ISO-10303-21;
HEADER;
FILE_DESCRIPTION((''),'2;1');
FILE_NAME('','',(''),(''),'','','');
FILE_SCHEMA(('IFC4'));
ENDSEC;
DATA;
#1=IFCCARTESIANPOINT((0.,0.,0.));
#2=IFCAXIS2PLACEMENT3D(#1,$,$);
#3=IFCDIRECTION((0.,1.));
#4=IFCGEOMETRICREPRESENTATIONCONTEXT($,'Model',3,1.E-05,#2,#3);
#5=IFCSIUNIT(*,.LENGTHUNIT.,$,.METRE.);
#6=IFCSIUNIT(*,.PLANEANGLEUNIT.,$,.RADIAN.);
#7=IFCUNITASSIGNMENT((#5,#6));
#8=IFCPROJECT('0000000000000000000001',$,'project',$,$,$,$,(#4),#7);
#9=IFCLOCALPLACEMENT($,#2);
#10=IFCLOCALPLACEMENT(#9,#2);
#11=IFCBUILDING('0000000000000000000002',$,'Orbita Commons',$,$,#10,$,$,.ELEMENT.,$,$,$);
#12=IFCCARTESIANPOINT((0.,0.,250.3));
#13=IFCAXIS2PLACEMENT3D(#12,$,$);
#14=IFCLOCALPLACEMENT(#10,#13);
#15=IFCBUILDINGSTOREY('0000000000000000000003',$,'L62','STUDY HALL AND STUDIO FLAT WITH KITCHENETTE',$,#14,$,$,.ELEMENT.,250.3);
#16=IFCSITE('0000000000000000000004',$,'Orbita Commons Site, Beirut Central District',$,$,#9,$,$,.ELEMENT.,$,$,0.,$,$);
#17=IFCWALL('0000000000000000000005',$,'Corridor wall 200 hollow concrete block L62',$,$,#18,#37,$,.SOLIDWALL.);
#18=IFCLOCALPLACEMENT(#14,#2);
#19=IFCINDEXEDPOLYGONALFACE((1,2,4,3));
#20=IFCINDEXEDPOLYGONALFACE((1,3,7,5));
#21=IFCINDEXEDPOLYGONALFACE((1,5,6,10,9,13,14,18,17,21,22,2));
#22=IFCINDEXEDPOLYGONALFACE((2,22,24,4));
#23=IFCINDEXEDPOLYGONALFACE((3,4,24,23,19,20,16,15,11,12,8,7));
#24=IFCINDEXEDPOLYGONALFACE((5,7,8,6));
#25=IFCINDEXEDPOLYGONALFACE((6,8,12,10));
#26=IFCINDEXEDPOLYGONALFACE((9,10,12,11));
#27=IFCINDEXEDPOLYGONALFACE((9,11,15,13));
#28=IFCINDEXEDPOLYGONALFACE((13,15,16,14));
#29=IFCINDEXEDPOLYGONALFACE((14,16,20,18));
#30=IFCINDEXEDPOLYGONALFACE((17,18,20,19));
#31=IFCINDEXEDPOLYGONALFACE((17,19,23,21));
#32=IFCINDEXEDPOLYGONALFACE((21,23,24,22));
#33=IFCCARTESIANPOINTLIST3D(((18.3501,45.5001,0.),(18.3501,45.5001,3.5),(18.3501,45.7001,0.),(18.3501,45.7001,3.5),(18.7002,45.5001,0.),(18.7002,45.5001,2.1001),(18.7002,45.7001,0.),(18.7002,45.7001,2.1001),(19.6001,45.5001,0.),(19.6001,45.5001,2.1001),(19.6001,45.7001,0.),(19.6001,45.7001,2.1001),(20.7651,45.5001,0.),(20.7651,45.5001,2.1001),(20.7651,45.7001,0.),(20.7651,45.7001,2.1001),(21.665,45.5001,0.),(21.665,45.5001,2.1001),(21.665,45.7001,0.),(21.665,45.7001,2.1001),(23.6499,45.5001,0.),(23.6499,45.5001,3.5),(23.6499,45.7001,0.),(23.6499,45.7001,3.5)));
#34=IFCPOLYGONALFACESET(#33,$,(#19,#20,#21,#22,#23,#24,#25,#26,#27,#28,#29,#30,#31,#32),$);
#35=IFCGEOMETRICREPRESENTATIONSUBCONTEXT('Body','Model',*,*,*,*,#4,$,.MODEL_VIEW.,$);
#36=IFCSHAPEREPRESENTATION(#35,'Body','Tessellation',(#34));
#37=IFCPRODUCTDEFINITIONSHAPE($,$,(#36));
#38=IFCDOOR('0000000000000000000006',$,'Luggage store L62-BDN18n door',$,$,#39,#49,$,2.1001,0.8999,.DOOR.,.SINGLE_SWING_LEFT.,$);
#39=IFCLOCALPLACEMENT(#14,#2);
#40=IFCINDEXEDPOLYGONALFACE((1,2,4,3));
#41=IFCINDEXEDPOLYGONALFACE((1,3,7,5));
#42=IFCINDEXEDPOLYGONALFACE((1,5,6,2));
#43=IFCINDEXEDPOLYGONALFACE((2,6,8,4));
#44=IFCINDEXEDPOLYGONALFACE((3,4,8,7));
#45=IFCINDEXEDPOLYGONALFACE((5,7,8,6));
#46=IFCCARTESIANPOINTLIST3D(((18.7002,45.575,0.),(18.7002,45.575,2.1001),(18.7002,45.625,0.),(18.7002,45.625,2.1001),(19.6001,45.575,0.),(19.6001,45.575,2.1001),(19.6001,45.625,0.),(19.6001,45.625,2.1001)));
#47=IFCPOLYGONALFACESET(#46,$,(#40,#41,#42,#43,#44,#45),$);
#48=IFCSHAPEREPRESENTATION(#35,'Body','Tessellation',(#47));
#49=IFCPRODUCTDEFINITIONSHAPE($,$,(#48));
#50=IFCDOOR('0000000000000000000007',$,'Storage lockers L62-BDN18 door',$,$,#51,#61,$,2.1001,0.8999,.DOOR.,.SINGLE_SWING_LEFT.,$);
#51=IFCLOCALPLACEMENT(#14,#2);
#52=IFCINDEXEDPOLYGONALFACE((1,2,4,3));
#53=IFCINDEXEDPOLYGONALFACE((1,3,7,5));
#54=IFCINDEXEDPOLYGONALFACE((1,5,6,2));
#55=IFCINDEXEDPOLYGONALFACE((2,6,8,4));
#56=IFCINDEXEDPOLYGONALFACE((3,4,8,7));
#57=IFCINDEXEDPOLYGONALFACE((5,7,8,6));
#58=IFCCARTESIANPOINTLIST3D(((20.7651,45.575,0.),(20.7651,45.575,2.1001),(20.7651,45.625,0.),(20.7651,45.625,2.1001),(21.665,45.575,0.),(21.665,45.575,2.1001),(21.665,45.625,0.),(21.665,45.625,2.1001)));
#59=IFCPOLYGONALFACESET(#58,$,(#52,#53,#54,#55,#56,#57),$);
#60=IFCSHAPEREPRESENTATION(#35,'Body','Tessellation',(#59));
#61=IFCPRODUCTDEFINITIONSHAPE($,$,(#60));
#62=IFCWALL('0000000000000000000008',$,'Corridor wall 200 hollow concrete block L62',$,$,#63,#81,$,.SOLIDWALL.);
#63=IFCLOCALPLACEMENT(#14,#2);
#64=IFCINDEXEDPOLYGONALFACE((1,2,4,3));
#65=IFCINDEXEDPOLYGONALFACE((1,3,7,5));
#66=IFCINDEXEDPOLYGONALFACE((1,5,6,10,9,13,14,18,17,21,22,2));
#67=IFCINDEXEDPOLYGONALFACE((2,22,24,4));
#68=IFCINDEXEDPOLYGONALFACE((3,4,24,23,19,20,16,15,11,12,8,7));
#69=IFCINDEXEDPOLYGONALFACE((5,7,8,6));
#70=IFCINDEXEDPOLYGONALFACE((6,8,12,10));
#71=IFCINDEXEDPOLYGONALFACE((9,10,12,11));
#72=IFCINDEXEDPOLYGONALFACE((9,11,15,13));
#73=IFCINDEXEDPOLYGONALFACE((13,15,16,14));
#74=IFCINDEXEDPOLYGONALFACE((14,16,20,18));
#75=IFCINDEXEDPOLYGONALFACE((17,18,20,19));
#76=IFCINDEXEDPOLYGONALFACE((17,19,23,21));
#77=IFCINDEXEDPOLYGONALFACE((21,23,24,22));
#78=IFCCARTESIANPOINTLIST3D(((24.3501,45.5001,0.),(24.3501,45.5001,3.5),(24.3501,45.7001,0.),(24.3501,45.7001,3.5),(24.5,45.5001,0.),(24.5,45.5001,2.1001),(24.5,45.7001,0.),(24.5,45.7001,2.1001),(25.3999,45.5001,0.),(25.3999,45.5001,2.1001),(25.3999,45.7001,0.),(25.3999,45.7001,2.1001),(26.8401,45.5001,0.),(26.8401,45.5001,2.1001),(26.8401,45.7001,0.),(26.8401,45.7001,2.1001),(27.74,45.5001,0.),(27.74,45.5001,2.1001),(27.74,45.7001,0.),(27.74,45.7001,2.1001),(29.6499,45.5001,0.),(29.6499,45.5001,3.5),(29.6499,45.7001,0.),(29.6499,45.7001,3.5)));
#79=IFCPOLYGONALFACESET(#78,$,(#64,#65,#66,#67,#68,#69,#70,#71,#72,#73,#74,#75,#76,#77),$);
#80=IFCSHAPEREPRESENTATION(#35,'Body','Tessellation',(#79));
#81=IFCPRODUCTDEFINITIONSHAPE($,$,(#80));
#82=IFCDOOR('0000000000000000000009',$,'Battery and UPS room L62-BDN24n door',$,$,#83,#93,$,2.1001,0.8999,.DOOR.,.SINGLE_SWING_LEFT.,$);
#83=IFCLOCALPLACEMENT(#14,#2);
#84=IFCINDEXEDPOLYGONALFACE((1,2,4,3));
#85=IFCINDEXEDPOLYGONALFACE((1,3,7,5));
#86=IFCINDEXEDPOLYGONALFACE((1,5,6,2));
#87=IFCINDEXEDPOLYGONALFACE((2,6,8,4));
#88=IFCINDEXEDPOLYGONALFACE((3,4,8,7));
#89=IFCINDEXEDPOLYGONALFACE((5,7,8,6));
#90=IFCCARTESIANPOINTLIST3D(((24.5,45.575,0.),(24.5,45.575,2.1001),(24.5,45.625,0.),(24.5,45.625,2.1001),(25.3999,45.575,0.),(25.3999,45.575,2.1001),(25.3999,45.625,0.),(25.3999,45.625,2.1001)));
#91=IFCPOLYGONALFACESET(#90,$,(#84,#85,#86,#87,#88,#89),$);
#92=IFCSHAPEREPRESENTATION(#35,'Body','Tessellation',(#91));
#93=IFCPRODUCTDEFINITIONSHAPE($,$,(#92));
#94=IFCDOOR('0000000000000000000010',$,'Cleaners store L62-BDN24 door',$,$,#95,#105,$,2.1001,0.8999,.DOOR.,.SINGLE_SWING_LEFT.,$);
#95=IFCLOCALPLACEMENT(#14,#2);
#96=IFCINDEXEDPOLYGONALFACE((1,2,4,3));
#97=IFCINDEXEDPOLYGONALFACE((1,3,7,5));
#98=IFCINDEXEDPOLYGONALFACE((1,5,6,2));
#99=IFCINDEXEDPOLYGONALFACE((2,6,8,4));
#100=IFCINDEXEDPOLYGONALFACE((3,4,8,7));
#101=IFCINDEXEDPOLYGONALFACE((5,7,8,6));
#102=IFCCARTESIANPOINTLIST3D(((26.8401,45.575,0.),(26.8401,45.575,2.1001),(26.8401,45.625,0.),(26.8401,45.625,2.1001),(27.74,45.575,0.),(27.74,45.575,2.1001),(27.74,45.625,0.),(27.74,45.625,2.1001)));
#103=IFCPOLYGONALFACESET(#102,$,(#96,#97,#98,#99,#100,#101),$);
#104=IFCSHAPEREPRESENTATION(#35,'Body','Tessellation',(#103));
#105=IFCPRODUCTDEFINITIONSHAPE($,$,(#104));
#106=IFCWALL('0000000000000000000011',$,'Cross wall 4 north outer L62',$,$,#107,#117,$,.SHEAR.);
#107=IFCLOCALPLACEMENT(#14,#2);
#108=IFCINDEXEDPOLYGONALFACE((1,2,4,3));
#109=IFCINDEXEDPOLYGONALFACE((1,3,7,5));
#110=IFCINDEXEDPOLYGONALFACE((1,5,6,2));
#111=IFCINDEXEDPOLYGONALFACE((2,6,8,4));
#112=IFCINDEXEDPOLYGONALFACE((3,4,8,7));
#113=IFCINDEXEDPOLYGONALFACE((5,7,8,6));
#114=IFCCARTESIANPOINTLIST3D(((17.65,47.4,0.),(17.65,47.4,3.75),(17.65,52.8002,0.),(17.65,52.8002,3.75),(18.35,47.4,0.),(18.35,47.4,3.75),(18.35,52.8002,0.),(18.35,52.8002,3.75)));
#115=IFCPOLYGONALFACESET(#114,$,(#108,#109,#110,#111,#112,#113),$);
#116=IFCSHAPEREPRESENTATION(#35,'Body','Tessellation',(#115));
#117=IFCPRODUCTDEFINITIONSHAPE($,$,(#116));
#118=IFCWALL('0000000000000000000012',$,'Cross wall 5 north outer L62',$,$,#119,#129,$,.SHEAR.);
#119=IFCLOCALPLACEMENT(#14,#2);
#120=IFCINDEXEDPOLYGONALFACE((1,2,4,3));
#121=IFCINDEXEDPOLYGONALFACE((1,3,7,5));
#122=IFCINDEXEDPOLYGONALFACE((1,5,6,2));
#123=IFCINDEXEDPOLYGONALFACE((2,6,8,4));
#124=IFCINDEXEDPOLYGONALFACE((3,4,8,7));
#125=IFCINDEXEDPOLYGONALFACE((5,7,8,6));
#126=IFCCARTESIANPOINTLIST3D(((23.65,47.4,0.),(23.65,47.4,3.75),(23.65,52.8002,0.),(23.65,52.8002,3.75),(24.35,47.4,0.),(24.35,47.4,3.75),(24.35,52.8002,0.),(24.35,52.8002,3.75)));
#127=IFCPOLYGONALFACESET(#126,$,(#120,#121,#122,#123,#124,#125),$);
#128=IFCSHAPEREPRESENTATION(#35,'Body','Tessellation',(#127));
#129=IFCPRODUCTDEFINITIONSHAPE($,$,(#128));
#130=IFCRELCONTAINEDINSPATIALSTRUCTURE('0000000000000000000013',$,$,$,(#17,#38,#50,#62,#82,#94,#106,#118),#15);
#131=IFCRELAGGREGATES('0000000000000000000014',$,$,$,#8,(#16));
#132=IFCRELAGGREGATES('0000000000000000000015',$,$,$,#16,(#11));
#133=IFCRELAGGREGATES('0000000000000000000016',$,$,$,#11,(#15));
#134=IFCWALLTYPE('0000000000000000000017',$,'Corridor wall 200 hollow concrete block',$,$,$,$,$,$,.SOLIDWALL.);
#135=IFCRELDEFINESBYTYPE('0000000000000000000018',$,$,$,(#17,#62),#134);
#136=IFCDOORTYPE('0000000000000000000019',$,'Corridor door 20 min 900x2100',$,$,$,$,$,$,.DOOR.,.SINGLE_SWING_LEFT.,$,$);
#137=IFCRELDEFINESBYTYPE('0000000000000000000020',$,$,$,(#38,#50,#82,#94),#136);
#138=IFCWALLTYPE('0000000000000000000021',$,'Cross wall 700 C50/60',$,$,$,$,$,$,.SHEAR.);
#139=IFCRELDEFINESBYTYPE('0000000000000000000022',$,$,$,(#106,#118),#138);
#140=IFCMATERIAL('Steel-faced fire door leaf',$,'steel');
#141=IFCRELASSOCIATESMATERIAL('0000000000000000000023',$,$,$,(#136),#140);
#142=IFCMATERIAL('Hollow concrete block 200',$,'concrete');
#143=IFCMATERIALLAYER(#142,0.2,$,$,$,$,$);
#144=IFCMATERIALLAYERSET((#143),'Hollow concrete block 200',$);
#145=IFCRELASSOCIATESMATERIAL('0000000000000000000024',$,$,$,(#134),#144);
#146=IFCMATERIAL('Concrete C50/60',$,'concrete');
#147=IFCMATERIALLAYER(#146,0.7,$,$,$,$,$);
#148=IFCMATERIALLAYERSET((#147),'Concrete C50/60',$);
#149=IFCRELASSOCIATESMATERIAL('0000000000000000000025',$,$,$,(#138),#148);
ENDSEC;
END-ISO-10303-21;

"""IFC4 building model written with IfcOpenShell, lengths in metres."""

from ifc_helpers import new_model, si_unit, direction, frame, frame_2d, origin, place, context, subcontext, project, spatial, rectangle, extrude, material, layer, layer_set, type_object, element, fill, save


model = new_model("IFC4")

# Units and contexts
model_context = context("Model", 3, precision=1e-05, world=origin(), true_north=direction((0.0, 1.0)))
body_context = subcontext(model_context, "Body", "Model", "MODEL_VIEW")
ifc_project = project(units=[si_unit("LENGTHUNIT", "METRE"), si_unit("PLANEANGLEUNIT", "RADIAN")], contexts=[model_context])

# Site, building, storey
site_placement = place(None, origin())
site = spatial("IfcSite", under=ifc_project, at=site_placement, Name="Orbita Commons Site, Beirut Central District", CompositionType="ELEMENT", RefElevation=0.0)
building_placement = place(site_placement, origin())
building = spatial("IfcBuilding", under=site, at=building_placement, Name="Orbita Commons", CompositionType="ELEMENT")
storey_placement = place(building_placement, frame((0.0, 0.0, 250.3)))
storey = spatial("IfcBuildingStorey", under=building, at=storey_placement, Name="L62", Description="STUDY HALL AND STUDIO FLAT WITH KITCHENETTE", CompositionType="ELEMENT", Elevation=250.3)

# Shared definitions
ifc_material_1 = material(Name="Steel-faced fire door leaf", Category="steel")
door_type_1 = type_object("IfcDoorType", Name="Corridor door 20 min 900x2100", OperationType="SINGLE_SWING_LEFT", PredefinedType="DOOR", material=ifc_material_1)
ifc_material_2 = material(Name="Hollow concrete block 200", Category="concrete")
ifc_layer_1 = layer(ifc_material_2, 0.2)
ifc_layer_set_1 = layer_set([ifc_layer_1], Name="Hollow concrete block 200")
wall_type_1 = type_object("IfcWallType", Name="Corridor wall 200 hollow concrete block", PredefinedType="SOLIDWALL", material=ifc_layer_set_1)

# Walls, openings, doors
wall_1_placement = place(storey_placement, frame((18.3501, 45.6001, 0.0), z_axis=(0.0, 0.0, 1.0), x_axis=(1.0, 0.0, 0.0)))
wall_1 = element("IfcWall", 1, at=wall_1_placement, inside=storey, type_object=wall_type_1, Name="Corridor wall 200 hollow concrete block L62", PredefinedType="SOLIDWALL", context=body_context, shape_type="SweptSolid", body=[
    extrude(rectangle(XDim=5.2998, YDim=0.2, at=frame_2d((2.6499, 0.0))), origin(), (0.0, 0.0, 1.0), 3.5),
])
opening_1_placement = place(wall_1_placement, frame((0.3501, 0.0, 0.0)))
opening_1 = element("IfcOpeningElement", 2, at=opening_1_placement, cuts=wall_1, PredefinedType="OPENING", context=body_context, shape_type="SweptSolid", body=[
    extrude(rectangle(XDim=0.8999, YDim=2.1001, at=frame_2d((0.45, 1.05))), frame((0.0, 0.1099, 0.0), z_axis=(0.0, -1.0, 0.0), x_axis=(1.0, 0.0, 0.0)), (0.0, 0.0, 1.0), 0.22),
])
opening_2_placement = place(wall_1_placement, frame((2.415, 0.0, 0.0)))
opening_2 = element("IfcOpeningElement", 3, at=opening_2_placement, cuts=wall_1, PredefinedType="OPENING", context=body_context, shape_type="SweptSolid", body=[
    extrude(rectangle(XDim=0.8999, YDim=2.1001, at=frame_2d((0.45, 1.05))), frame((0.0, 0.1099, 0.0), z_axis=(0.0, -1.0, 0.0), x_axis=(1.0, 0.0, 0.0)), (0.0, 0.0, 1.0), 0.22),
])
door_1_placement = place(opening_1_placement, origin())
door_1 = element("IfcDoor", 4, at=door_1_placement, inside=storey, type_object=door_type_1, Name="Luggage store L62-BDN18n door", OperationType="SINGLE_SWING_LEFT", OverallHeight=2.1001, OverallWidth=0.8999, PredefinedType="DOOR", context=body_context, shape_type="SweptSolid", body=[
    extrude(rectangle(XDim=0.8999, YDim=2.1001, at=frame_2d((0.45, 1.05))), frame((0.0, 0.0249, 0.0), z_axis=(0.0, -1.0, 0.0), x_axis=(1.0, 0.0, 0.0)), (0.0, 0.0, 1.0), 0.05),
])
fill(opening_1, door_1)
door_2_placement = place(opening_2_placement, origin())
door_2 = element("IfcDoor", 5, at=door_2_placement, inside=storey, type_object=door_type_1, Name="Storage lockers L62-BDN18 door", OperationType="SINGLE_SWING_LEFT", OverallHeight=2.1001, OverallWidth=0.8999, PredefinedType="DOOR", context=body_context, shape_type="SweptSolid", body=[
    extrude(rectangle(XDim=0.8999, YDim=2.1001, at=frame_2d((0.45, 1.05))), frame((0.0, 0.0249, 0.0), z_axis=(0.0, -1.0, 0.0), x_axis=(1.0, 0.0, 0.0)), (0.0, 0.0, 1.0), 0.05),
])
fill(opening_2, door_2)
wall_2_placement = place(storey_placement, frame((24.3501, 45.6001, 0.0), z_axis=(0.0, 0.0, 1.0), x_axis=(1.0, 0.0, 0.0)))
wall_2 = element("IfcWall", 6, at=wall_2_placement, inside=storey, type_object=wall_type_1, Name="Corridor wall 200 hollow concrete block L62", PredefinedType="SOLIDWALL", context=body_context, shape_type="SweptSolid", body=[
    extrude(rectangle(XDim=5.2998, YDim=0.2, at=frame_2d((2.6499, 0.0))), origin(), (0.0, 0.0, 1.0), 3.5),
])
opening_3_placement = place(wall_2_placement, frame((0.1499, 0.0, 0.0)))
opening_3 = element("IfcOpeningElement", 7, at=opening_3_placement, cuts=wall_2, PredefinedType="OPENING", context=body_context, shape_type="SweptSolid", body=[
    extrude(rectangle(XDim=0.8999, YDim=2.1001, at=frame_2d((0.45, 1.05))), frame((0.0, 0.1099, 0.0), z_axis=(0.0, -1.0, 0.0), x_axis=(1.0, 0.0, 0.0)), (0.0, 0.0, 1.0), 0.22),
])
opening_4_placement = place(wall_2_placement, frame((2.49, 0.0, 0.0)))
opening_4 = element("IfcOpeningElement", 8, at=opening_4_placement, cuts=wall_2, PredefinedType="OPENING", context=body_context, shape_type="SweptSolid", body=[
    extrude(rectangle(XDim=0.8999, YDim=2.1001, at=frame_2d((0.45, 1.05))), frame((0.0, 0.1099, 0.0), z_axis=(0.0, -1.0, 0.0), x_axis=(1.0, 0.0, 0.0)), (0.0, 0.0, 1.0), 0.22),
])
door_3_placement = place(opening_3_placement, origin())
door_3 = element("IfcDoor", 9, at=door_3_placement, inside=storey, type_object=door_type_1, Name="Battery and UPS room L62-BDN24n door", OperationType="SINGLE_SWING_LEFT", OverallHeight=2.1001, OverallWidth=0.8999, PredefinedType="DOOR", context=body_context, shape_type="SweptSolid", body=[
    extrude(rectangle(XDim=0.8999, YDim=2.1001, at=frame_2d((0.45, 1.05))), frame((0.0, 0.0249, 0.0), z_axis=(0.0, -1.0, 0.0), x_axis=(1.0, 0.0, 0.0)), (0.0, 0.0, 1.0), 0.05),
])
fill(opening_3, door_3)
door_4_placement = place(opening_4_placement, origin())
door_4 = element("IfcDoor", 10, at=door_4_placement, inside=storey, type_object=door_type_1, Name="Cleaners store L62-BDN24 door", OperationType="SINGLE_SWING_LEFT", OverallHeight=2.1001, OverallWidth=0.8999, PredefinedType="DOOR", context=body_context, shape_type="SweptSolid", body=[
    extrude(rectangle(XDim=0.8999, YDim=2.1001, at=frame_2d((0.45, 1.05))), frame((0.0, 0.0249, 0.0), z_axis=(0.0, -1.0, 0.0), x_axis=(1.0, 0.0, 0.0)), (0.0, 0.0, 1.0), 0.05),
])
fill(opening_4, door_4)

# Walls
ifc_material_3 = material(Name="Concrete C50/60", Category="concrete")
ifc_layer_2 = layer(ifc_material_3, 0.7)
ifc_layer_set_2 = layer_set([ifc_layer_2], Name="Concrete C50/60")
wall_type_2 = type_object("IfcWallType", Name="Cross wall 700 C50/60", PredefinedType="SHEAR", material=ifc_layer_set_2)
for number, where, z_axis, x_axis, name in (
    (11, (18.0, 47.3999, 0.0), (0.0, 0.0, 1.0), (0.0, 1.0, 0.0), "Cross wall 4 north outer L62"),
    (12, (24.0, 47.3999, 0.0), (0.0, 0.0, 1.0), (0.0, 1.0, 0.0), "Cross wall 5 north outer L62"),
):
    element("IfcWall", number, at=place(storey_placement, frame(where, z_axis=z_axis, x_axis=x_axis)), inside=storey, type_object=wall_type_2, Name=name, PredefinedType="SHEAR", context=body_context, shape_type="SweptSolid", body=[
        extrude(rectangle(XDim=5.4001, YDim=0.7, at=frame_2d((2.7002, 0.0))), origin(), (0.0, 0.0, 1.0), 3.75),
    ])

save(model, "model.ifc")
